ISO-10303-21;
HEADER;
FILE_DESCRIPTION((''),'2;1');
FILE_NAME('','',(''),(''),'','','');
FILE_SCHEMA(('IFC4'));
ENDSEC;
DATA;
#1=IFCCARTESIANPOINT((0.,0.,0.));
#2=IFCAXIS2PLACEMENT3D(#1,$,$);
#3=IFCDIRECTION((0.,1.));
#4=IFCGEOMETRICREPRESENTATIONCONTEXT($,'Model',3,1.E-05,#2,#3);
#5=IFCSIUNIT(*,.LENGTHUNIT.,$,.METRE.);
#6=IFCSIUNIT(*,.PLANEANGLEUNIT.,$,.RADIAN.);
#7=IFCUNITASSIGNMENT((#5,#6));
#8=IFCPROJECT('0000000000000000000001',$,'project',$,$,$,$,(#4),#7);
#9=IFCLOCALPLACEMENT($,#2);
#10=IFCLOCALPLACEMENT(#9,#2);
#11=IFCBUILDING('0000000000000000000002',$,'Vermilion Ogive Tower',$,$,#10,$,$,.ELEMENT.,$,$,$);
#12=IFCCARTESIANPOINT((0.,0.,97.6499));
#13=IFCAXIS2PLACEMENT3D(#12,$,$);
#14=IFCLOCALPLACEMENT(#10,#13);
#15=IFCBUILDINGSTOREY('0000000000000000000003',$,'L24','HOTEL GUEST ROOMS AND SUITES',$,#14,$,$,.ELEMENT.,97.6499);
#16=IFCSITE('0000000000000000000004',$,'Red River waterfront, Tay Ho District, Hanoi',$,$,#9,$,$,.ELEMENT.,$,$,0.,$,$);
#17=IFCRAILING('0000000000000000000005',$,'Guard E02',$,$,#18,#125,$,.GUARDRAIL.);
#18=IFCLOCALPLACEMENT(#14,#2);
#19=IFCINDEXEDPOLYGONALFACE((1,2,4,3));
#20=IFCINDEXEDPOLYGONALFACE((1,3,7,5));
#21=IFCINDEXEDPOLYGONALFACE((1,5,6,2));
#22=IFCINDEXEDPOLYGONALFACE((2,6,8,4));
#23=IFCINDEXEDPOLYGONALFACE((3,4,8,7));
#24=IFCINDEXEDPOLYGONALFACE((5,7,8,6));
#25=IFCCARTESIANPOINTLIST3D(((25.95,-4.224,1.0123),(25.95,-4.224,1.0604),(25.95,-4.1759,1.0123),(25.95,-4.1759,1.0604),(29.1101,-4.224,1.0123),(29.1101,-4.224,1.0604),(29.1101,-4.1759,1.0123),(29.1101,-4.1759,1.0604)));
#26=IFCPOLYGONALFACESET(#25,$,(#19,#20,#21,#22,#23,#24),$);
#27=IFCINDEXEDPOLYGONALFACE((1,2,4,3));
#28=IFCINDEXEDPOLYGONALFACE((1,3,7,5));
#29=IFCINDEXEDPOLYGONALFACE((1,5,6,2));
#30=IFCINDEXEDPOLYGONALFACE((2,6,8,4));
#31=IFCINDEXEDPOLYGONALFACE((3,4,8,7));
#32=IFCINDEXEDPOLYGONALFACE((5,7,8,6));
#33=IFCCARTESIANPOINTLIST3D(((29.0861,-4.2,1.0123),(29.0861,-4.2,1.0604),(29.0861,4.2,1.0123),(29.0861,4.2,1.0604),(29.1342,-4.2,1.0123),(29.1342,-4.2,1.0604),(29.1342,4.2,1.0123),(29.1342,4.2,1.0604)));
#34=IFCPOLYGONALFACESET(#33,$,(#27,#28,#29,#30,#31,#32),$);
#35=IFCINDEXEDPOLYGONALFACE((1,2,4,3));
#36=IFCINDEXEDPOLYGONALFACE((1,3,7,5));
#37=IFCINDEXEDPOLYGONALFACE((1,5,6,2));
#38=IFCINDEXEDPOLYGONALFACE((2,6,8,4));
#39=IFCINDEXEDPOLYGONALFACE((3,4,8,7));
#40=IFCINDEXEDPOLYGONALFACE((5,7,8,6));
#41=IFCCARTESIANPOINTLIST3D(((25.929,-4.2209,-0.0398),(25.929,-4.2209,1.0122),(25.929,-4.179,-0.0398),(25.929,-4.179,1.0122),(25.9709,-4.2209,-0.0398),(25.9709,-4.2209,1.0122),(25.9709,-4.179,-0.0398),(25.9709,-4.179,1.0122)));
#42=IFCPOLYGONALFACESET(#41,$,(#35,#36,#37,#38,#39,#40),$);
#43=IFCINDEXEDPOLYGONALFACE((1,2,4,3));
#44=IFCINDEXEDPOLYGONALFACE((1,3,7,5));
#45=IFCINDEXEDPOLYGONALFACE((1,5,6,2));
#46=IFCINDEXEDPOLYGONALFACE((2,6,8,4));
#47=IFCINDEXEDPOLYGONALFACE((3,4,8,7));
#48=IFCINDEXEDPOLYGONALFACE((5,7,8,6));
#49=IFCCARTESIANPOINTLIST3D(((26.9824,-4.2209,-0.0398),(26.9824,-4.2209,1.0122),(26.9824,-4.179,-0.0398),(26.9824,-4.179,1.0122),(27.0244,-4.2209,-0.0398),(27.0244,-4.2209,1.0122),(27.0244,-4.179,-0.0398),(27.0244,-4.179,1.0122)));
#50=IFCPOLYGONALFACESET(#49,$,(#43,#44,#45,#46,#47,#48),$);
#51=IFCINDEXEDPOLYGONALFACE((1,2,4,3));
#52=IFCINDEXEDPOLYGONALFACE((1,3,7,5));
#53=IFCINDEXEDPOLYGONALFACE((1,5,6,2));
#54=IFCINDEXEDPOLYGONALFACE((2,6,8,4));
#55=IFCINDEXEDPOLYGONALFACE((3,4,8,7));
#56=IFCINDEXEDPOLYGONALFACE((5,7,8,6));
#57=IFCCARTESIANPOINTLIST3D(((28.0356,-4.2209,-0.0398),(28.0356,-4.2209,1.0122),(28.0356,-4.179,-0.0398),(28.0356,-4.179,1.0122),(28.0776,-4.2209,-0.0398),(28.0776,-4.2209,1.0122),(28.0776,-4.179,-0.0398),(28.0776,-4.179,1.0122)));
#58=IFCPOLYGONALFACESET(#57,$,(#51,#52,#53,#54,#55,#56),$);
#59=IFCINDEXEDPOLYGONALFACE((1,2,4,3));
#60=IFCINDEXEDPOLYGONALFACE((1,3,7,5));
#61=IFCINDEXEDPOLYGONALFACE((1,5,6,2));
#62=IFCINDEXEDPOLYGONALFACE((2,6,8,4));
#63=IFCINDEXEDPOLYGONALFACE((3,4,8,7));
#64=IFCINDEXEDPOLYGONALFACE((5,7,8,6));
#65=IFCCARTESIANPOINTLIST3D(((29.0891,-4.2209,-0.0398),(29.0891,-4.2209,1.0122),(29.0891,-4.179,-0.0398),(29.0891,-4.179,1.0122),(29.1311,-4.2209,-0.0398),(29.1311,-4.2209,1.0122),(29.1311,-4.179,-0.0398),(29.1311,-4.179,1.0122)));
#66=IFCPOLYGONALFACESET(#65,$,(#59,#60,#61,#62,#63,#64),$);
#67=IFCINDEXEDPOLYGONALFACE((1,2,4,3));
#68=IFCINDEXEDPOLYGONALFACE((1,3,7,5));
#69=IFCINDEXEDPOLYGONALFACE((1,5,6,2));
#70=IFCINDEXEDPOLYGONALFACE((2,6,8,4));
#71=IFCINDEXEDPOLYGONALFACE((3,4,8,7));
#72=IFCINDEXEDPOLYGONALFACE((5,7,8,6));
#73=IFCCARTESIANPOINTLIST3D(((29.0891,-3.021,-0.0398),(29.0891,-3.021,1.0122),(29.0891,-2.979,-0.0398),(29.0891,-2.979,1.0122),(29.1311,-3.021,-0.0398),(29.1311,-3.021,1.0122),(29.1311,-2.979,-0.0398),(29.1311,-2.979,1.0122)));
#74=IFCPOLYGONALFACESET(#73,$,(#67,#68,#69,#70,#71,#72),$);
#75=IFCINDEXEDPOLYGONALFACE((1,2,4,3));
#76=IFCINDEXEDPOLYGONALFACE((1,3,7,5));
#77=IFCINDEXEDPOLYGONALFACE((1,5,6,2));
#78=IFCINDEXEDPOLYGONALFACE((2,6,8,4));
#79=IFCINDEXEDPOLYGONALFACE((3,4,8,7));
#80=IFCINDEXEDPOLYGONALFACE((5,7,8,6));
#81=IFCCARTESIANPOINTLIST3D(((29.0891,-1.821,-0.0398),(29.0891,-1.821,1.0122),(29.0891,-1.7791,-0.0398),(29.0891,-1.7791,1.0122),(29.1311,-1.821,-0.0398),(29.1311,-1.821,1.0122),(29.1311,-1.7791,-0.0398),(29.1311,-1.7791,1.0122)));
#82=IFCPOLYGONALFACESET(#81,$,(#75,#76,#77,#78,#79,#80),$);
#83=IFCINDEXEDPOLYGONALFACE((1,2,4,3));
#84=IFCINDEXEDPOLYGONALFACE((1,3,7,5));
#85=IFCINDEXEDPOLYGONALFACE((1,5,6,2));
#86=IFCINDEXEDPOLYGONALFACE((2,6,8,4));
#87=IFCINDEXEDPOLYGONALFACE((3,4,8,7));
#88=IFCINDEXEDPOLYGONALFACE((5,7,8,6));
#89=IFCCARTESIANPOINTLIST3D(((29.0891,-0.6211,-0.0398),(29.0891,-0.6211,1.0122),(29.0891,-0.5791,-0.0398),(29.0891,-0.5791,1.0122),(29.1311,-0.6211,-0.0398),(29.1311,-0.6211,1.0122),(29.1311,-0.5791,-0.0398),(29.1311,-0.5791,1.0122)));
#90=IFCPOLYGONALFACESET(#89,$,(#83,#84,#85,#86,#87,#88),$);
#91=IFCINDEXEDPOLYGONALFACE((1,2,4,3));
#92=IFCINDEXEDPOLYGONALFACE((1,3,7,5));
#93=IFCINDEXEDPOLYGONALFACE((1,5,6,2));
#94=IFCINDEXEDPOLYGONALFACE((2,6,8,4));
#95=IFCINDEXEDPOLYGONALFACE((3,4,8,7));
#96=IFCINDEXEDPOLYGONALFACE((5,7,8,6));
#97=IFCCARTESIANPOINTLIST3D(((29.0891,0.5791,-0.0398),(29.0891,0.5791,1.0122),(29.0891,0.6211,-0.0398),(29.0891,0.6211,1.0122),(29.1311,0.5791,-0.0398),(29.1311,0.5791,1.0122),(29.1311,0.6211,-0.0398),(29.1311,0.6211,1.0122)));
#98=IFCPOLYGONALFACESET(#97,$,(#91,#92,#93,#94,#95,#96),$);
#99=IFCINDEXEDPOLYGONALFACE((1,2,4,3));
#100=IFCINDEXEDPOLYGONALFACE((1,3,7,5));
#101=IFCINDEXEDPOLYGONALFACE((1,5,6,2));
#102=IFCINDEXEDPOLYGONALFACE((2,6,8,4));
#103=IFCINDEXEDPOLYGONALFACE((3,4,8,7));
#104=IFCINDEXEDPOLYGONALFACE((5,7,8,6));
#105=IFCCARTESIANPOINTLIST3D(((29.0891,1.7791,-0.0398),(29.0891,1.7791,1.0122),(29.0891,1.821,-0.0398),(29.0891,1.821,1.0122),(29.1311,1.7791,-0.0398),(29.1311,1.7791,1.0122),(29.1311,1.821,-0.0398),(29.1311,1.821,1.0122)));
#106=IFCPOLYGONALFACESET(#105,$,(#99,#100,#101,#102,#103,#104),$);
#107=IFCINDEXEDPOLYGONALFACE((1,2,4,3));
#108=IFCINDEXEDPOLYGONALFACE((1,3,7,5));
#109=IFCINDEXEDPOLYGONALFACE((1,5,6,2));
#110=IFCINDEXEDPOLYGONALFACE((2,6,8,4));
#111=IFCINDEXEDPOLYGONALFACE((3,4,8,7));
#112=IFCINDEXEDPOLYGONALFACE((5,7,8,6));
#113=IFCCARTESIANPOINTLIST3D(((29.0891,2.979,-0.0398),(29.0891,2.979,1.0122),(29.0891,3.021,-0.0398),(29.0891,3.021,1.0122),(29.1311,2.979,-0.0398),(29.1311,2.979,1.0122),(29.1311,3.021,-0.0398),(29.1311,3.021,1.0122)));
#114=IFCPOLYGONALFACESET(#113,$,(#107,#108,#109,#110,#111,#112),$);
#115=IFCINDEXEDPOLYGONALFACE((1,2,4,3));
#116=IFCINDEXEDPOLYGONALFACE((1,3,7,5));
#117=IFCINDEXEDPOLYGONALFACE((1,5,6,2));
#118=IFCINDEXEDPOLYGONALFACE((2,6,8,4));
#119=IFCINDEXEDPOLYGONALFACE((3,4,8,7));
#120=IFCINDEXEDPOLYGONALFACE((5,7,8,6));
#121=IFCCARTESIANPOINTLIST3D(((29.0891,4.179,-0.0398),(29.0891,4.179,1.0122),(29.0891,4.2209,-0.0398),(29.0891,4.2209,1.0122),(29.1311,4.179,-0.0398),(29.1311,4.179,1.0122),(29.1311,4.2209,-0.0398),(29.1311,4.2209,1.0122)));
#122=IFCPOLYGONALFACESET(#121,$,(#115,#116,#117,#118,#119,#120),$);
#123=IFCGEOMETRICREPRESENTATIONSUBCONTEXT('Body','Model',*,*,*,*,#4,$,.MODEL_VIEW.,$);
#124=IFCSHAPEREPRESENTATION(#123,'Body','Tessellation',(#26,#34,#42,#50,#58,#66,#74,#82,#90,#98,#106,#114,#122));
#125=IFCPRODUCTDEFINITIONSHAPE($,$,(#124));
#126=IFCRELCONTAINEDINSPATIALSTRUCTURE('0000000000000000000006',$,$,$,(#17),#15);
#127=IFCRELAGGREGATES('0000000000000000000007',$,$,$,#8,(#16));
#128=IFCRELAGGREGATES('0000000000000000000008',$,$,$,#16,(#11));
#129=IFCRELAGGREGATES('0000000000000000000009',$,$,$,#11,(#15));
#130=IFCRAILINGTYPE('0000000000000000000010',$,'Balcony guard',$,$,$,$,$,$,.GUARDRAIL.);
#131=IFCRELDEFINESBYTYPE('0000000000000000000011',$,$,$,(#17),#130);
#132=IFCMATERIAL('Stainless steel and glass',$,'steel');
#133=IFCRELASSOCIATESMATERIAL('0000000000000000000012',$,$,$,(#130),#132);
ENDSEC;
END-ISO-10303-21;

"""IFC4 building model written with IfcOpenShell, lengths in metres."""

from ifc_helpers import new_model, si_unit, direction, frame, origin, origin_2d, place, context, subcontext, project, spatial, rectangle, extrude, material, type_object, element, save


model = new_model("IFC4")

# Units and contexts
model_context = context("Model", 3, precision=1e-05, world=origin(), true_north=direction((0.0, 1.0)))
body_context = subcontext(model_context, "Body", "Model", "MODEL_VIEW")
ifc_project = project(units=[si_unit("LENGTHUNIT", "METRE"), si_unit("PLANEANGLEUNIT", "RADIAN")], contexts=[model_context])

# Site, building, storey
site_placement = place(None, origin())
site = spatial("IfcSite", under=ifc_project, at=site_placement, Name="Red River waterfront, Tay Ho District, Hanoi", CompositionType="ELEMENT", RefElevation=0.0)
building_placement = place(site_placement, origin())
building = spatial("IfcBuilding", under=site, at=building_placement, Name="Vermilion Ogive Tower", CompositionType="ELEMENT")
storey_placement = place(building_placement, frame((0.0, 0.0, 97.6499)))
storey = spatial("IfcBuildingStorey", under=building, at=storey_placement, Name="L24", Description="HOTEL GUEST ROOMS AND SUITES", CompositionType="ELEMENT", Elevation=97.6499)

# Railing
ifc_material_1 = material(Name="Stainless steel and glass", Category="steel")
railing_type = type_object("IfcRailingType", Name="Balcony guard", PredefinedType="GUARDRAIL", material=ifc_material_1)
railing_placement = place(storey_placement, frame((25.95, -4.2, -0.0398)))
element("IfcRailing", 1, at=railing_placement, inside=storey, type_object=railing_type, Name="Guard E02", PredefinedType="GUARDRAIL", context=body_context, shape_type="SweptSolid", body=[
    extrude(rectangle(XDim=0.0481, YDim=0.0481, at=origin_2d()), frame((0.0, 0.0, 1.0762), z_axis=(1.0, 0.0, 0.0), x_axis=(0.0, 1.0, 0.0)), (0.0, 0.0, 1.0), 3.1602),
    extrude(rectangle(XDim=0.0481, YDim=0.0481, at=origin_2d()), frame((3.1602, 0.0, 1.0762), z_axis=(0.0, 1.0, 0.0), x_axis=(-1.0, 0.0, 0.0)), (0.0, 0.0, 1.0), 8.3999),
    extrude(rectangle(XDim=0.042, YDim=0.042, at=origin_2d()), origin(), (0.0, 0.0, 1.0), 1.052),
    extrude(rectangle(XDim=0.042, YDim=0.042, at=origin_2d()), frame((1.0535, 0.0, 0.0)), (0.0, 0.0, 1.0), 1.052),
    extrude(rectangle(XDim=0.042, YDim=0.042, at=origin_2d()), frame((2.1067, 0.0, 0.0)), (0.0, 0.0, 1.0), 1.052),
    extrude(rectangle(XDim=0.042, YDim=0.042, at=origin_2d()), frame((3.1602, 0.0, 0.0)), (0.0, 0.0, 1.0), 1.052),
    extrude(rectangle(XDim=0.042, YDim=0.042, at=origin_2d()), frame((3.1602, 1.2, 0.0)), (0.0, 0.0, 1.0), 1.052),
    extrude(rectangle(XDim=0.042, YDim=0.042, at=origin_2d()), frame((3.1602, 2.3999, 0.0)), (0.0, 0.0, 1.0), 1.052),
    extrude(rectangle(XDim=0.042, YDim=0.042, at=origin_2d()), frame((3.1602, 3.5999, 0.0)), (0.0, 0.0, 1.0), 1.052),
    extrude(rectangle(XDim=0.042, YDim=0.042, at=origin_2d()), frame((3.1602, 4.8, 0.0)), (0.0, 0.0, 1.0), 1.052),
    extrude(rectangle(XDim=0.042, YDim=0.042, at=origin_2d()), frame((3.1602, 6.0, 0.0)), (0.0, 0.0, 1.0), 1.052),
    extrude(rectangle(XDim=0.042, YDim=0.042, at=origin_2d()), frame((3.1602, 7.2, 0.0)), (0.0, 0.0, 1.0), 1.052),
    extrude(rectangle(XDim=0.042, YDim=0.042, at=origin_2d()), frame((3.1602, 8.3999, 0.0)), (0.0, 0.0, 1.0), 1.052),
])

save(model, "model.ifc")
